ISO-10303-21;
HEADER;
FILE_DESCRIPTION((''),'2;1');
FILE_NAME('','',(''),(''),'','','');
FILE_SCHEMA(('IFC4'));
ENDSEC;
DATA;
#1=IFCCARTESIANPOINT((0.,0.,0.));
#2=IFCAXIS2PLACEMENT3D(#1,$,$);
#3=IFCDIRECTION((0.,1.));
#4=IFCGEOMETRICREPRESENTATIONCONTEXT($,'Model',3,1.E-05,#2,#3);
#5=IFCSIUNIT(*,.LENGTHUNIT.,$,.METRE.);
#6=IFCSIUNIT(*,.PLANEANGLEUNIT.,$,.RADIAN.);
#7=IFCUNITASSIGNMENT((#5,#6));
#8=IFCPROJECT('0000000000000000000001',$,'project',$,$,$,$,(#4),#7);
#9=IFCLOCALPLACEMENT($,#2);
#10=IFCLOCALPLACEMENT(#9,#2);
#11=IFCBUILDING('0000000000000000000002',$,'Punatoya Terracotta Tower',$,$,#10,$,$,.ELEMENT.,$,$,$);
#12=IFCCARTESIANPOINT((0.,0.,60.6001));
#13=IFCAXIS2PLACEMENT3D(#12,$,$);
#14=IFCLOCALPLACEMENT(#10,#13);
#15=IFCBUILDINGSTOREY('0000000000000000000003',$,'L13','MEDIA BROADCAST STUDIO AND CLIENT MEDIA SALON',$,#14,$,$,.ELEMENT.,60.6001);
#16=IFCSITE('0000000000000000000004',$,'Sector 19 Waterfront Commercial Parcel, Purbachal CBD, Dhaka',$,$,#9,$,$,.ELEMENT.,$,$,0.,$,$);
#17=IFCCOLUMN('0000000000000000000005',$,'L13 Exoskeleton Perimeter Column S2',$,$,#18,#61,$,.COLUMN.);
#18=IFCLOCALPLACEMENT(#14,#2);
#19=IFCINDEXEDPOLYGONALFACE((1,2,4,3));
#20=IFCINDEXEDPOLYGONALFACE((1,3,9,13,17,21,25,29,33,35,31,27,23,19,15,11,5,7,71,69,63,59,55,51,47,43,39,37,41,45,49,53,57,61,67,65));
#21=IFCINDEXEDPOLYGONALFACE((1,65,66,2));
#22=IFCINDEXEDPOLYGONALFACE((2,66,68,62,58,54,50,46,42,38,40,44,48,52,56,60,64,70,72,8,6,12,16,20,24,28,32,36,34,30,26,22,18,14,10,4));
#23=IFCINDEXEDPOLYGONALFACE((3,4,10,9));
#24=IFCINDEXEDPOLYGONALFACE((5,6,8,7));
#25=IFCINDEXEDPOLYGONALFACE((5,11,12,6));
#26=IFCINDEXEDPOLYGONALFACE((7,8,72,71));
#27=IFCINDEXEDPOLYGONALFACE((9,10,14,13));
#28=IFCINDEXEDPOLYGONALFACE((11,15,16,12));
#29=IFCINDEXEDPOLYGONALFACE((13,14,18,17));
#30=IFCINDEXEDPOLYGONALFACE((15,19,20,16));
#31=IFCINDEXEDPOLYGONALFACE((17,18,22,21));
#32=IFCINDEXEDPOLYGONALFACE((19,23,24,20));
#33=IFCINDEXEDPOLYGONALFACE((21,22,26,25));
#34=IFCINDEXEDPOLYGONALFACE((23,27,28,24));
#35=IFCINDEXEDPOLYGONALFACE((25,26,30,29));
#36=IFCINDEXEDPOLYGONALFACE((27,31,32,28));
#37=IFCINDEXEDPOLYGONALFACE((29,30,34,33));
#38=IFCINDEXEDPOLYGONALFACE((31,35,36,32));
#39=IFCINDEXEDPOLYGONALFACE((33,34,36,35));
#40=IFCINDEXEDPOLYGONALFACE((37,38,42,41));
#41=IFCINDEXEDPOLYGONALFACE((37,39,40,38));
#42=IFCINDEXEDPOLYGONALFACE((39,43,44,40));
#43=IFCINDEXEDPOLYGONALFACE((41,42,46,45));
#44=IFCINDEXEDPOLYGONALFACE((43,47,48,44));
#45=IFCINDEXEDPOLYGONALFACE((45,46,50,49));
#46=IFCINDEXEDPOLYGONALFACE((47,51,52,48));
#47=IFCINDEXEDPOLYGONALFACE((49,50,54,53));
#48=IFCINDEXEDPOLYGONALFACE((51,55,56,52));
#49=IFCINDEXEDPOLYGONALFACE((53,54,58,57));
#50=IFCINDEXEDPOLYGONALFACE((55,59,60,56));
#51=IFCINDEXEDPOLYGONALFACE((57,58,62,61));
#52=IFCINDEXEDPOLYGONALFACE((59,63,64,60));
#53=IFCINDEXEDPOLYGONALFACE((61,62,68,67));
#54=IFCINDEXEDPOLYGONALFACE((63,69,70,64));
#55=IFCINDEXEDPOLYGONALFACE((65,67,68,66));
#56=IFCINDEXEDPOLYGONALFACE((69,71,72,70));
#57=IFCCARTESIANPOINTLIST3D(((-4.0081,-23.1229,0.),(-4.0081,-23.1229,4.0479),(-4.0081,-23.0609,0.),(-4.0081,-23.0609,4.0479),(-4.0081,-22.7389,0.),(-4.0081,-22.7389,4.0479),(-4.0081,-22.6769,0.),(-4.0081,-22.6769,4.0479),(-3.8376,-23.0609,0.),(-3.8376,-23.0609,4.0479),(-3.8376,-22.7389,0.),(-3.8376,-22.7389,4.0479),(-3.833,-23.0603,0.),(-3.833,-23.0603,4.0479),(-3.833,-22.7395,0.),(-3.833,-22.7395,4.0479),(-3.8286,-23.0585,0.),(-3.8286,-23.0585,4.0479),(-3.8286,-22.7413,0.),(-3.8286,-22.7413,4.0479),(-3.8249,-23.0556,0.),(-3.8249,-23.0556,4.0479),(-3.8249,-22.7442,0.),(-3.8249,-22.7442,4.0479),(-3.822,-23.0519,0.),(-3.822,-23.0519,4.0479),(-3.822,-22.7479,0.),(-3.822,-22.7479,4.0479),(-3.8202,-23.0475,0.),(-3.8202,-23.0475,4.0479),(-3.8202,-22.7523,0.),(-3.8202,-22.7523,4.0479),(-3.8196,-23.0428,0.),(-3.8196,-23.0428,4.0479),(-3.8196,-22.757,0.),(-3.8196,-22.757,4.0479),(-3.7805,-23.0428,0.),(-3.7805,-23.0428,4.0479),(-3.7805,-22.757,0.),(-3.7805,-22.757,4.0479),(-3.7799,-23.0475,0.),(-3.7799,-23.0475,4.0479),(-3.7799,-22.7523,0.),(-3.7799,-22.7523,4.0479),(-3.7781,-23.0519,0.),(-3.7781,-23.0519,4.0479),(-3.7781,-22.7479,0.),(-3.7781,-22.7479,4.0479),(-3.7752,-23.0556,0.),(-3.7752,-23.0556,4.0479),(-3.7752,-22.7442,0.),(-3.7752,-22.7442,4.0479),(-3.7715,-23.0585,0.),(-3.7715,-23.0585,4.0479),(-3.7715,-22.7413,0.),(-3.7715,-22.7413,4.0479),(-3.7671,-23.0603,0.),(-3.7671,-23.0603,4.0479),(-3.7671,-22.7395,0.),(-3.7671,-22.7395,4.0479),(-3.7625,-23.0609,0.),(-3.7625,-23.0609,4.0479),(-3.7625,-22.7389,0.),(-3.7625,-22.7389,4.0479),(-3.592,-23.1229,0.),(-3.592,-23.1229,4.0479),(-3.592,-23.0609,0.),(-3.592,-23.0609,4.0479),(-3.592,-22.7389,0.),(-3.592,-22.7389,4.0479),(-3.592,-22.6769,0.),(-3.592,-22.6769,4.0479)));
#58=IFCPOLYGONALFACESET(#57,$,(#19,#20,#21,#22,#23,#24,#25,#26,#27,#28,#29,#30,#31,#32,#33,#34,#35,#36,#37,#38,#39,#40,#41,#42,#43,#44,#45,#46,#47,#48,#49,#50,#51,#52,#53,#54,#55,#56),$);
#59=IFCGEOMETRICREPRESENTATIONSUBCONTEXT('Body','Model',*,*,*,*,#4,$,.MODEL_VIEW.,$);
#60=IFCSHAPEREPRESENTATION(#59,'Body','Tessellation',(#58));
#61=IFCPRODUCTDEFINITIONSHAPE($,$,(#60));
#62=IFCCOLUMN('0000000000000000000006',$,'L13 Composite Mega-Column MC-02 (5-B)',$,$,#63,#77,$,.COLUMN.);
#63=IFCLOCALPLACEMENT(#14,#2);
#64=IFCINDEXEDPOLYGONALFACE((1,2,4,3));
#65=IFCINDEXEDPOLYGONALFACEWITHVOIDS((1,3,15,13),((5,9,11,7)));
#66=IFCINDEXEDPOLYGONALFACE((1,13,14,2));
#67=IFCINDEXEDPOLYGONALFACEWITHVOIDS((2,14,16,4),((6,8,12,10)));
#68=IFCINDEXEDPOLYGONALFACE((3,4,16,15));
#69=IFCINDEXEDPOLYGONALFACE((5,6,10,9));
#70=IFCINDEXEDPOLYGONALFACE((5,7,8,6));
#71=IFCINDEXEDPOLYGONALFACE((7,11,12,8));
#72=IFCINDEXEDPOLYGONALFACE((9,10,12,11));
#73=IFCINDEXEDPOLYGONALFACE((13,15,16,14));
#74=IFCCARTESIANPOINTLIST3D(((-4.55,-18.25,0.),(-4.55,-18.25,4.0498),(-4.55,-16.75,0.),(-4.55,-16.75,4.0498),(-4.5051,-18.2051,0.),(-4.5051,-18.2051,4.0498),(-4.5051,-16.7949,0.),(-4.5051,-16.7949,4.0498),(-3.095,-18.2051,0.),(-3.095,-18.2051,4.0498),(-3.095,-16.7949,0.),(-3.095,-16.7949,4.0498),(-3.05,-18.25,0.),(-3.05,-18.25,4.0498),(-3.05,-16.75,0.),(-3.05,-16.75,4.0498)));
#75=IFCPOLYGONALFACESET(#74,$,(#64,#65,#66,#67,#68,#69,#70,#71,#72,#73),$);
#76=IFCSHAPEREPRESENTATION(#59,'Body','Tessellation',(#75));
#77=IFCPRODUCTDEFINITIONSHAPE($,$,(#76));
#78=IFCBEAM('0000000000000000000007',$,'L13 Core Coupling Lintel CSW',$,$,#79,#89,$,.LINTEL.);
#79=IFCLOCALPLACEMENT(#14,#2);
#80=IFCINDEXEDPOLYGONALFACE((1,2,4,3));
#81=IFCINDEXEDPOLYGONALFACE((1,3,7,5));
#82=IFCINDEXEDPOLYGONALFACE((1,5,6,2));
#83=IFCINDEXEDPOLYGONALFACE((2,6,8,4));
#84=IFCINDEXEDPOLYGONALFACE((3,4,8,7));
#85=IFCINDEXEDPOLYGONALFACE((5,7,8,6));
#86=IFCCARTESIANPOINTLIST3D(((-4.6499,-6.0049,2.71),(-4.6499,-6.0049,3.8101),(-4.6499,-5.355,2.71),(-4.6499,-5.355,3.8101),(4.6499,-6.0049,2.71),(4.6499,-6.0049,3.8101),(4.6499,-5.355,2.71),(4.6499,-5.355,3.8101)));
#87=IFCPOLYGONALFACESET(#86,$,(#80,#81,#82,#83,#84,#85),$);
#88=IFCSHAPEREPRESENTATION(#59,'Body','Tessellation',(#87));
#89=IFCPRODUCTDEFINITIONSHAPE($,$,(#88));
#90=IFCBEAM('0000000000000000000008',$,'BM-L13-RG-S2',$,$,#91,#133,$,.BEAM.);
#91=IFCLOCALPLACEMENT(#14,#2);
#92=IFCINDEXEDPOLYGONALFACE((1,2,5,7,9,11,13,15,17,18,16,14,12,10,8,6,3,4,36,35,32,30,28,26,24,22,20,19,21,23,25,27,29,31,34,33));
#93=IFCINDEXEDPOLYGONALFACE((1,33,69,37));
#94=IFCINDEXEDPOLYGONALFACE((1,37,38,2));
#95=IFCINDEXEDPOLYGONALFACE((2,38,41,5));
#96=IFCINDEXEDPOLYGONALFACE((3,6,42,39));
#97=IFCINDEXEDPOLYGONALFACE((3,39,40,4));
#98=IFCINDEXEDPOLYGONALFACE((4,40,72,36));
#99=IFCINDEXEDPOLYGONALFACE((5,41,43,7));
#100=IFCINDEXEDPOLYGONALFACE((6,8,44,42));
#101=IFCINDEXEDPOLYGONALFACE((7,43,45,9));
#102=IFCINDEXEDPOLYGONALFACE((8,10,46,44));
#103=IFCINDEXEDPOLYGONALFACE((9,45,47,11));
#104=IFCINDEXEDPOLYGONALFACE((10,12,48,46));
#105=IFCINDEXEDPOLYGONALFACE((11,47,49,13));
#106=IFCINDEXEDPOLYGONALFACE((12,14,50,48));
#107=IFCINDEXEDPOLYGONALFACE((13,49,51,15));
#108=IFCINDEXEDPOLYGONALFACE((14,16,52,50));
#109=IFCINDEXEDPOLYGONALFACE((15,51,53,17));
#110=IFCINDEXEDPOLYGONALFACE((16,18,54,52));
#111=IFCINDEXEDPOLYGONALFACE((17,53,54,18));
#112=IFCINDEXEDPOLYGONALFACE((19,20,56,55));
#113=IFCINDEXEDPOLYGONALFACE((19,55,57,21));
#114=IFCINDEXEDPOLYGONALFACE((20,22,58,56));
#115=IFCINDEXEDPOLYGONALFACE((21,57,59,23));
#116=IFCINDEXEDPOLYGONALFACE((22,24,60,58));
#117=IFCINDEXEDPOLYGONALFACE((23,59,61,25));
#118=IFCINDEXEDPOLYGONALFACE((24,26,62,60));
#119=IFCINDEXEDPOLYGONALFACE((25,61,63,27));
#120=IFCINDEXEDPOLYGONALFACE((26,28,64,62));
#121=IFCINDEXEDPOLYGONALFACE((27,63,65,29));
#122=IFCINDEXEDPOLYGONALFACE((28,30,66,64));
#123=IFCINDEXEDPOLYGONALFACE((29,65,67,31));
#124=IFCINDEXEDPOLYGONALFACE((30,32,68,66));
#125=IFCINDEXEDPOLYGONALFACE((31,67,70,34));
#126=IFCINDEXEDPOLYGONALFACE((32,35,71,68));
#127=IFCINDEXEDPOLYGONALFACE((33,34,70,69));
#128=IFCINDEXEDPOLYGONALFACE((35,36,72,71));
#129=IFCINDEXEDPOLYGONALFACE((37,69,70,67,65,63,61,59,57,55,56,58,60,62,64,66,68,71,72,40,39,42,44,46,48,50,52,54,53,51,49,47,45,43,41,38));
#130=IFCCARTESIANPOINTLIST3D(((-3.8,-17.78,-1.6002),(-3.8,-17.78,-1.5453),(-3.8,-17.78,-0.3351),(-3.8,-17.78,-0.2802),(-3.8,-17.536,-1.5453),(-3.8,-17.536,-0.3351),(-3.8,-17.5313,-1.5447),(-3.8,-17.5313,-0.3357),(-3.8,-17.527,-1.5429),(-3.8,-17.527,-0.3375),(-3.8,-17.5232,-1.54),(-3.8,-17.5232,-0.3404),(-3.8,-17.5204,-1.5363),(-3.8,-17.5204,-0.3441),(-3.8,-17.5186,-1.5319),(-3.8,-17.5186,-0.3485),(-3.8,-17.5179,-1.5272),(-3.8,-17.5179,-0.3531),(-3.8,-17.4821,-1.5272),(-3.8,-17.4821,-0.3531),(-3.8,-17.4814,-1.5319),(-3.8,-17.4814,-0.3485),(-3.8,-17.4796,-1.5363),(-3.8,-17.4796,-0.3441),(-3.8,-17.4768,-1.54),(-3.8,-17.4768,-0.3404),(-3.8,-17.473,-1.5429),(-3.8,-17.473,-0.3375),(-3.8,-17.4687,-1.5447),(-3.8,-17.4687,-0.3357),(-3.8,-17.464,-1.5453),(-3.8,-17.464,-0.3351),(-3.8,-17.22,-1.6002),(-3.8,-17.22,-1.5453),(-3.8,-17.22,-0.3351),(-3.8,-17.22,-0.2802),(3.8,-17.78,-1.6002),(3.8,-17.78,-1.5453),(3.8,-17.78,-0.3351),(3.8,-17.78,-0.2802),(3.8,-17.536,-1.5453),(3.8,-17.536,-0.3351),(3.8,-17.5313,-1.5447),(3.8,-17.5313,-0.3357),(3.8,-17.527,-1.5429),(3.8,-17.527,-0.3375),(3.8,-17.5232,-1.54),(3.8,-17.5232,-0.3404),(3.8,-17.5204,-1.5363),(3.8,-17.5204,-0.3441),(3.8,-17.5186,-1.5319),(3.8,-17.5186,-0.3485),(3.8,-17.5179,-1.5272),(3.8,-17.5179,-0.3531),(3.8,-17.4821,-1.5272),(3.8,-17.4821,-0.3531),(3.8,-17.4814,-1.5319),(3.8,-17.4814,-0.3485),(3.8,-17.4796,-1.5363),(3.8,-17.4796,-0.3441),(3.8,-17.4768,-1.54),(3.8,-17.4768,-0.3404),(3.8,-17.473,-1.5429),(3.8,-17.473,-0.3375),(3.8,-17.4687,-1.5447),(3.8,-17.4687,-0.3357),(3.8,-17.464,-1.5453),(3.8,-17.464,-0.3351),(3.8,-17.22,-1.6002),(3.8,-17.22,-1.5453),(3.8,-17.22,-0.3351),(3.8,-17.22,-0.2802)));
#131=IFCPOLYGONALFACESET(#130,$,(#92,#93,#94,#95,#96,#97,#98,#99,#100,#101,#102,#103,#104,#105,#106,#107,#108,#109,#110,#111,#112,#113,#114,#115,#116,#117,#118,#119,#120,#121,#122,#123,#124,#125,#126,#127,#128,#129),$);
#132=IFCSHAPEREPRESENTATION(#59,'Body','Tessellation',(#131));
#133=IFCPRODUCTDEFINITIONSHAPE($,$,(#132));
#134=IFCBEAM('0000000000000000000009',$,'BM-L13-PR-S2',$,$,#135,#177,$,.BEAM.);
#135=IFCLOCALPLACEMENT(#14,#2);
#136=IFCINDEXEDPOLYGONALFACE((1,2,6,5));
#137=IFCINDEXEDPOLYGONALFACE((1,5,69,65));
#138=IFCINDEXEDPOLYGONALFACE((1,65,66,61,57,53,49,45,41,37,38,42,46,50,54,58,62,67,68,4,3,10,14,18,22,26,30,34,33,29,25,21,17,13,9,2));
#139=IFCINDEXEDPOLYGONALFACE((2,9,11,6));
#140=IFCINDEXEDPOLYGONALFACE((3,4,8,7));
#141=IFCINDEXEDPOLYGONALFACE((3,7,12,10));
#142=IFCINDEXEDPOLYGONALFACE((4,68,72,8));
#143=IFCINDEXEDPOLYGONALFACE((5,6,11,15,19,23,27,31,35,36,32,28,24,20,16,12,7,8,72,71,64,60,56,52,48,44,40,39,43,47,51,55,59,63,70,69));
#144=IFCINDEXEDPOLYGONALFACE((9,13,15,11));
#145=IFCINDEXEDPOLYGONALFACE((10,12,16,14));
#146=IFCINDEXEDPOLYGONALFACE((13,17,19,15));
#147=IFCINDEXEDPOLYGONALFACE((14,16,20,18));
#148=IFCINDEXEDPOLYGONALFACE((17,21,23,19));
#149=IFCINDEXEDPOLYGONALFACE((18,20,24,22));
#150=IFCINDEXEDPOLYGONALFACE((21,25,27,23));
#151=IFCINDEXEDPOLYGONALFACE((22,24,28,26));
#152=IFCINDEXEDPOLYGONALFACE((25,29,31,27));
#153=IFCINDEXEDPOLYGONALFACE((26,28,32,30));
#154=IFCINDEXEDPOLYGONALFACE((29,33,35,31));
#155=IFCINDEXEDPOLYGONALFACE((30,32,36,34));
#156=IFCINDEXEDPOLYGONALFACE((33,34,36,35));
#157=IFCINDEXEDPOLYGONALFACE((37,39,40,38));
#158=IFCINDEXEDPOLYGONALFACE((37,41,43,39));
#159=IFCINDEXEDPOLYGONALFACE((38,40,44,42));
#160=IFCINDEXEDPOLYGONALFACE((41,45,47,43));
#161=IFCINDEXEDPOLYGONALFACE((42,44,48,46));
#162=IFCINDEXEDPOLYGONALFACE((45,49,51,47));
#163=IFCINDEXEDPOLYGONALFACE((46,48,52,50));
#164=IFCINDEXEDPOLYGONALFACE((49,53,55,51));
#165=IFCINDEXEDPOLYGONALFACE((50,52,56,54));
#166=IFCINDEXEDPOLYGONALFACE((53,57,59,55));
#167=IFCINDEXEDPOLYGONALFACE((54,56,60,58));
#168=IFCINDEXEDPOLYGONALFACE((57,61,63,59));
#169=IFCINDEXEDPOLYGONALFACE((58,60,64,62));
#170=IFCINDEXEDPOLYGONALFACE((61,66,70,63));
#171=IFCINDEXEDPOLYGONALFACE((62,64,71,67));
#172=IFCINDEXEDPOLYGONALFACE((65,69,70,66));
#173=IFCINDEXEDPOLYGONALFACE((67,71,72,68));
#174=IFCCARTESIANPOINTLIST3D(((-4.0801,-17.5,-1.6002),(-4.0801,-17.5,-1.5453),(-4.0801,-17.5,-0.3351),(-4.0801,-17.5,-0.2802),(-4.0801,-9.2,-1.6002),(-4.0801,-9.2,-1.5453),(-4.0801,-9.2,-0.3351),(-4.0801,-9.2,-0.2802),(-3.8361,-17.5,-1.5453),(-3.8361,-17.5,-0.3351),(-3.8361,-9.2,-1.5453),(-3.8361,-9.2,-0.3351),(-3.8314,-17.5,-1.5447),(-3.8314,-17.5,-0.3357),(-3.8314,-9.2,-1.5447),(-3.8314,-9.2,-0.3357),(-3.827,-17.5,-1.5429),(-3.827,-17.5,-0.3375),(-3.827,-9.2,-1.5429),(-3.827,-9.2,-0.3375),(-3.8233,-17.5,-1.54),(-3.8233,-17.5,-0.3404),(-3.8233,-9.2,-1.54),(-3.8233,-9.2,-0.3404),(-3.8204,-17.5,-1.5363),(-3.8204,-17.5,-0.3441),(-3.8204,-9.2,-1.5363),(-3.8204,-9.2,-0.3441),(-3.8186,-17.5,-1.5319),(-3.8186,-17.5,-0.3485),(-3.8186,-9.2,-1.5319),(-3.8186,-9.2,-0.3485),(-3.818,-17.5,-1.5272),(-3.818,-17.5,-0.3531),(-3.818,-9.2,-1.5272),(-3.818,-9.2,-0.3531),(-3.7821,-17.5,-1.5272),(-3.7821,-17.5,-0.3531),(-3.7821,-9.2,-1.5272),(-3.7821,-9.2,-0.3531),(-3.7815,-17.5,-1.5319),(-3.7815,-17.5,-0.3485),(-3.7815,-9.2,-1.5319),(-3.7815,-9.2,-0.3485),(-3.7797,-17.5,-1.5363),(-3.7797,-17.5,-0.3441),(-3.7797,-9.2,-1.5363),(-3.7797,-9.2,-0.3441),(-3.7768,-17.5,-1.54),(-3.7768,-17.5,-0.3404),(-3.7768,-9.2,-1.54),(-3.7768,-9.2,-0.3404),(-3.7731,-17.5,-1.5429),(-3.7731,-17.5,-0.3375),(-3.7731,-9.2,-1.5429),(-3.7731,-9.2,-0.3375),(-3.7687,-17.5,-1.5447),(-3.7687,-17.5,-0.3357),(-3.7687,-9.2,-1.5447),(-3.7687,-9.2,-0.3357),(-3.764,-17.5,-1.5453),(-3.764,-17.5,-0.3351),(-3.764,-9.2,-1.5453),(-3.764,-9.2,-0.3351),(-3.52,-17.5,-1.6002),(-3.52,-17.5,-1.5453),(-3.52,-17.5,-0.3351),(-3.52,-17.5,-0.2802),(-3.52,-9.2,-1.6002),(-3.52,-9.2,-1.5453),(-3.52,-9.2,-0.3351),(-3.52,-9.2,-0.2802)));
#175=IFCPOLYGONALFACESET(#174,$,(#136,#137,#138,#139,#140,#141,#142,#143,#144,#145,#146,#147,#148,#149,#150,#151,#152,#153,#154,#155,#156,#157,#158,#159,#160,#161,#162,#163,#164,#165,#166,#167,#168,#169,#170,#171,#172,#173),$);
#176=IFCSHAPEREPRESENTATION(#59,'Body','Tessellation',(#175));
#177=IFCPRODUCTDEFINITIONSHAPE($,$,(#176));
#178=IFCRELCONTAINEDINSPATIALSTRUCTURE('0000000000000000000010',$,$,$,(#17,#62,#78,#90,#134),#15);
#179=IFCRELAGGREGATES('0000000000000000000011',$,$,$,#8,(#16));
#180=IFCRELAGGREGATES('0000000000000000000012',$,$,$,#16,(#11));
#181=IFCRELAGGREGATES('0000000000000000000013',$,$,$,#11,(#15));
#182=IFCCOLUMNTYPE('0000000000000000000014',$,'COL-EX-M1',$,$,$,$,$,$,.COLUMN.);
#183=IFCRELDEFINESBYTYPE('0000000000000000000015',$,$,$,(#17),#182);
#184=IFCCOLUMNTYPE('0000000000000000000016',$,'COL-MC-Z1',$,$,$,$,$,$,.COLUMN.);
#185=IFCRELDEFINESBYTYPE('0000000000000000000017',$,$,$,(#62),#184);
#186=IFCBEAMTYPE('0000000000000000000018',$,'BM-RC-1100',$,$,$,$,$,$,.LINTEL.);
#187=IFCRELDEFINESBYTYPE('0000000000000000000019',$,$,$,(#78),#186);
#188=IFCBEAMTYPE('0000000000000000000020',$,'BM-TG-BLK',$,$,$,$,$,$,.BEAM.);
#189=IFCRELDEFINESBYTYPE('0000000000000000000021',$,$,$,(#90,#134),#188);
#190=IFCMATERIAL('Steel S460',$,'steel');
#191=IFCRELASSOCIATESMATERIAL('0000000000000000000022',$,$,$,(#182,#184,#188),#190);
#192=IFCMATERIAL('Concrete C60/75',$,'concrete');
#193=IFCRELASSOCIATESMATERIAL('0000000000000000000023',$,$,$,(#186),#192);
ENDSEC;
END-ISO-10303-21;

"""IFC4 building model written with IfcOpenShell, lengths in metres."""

from ifc_helpers import new_model, si_unit, direction, frame, origin, origin_2d, place, context, subcontext, project, spatial, rectangle, hollow_rectangle, i_section, extrude, material, material_profile, profile_set, type_object, element, save


model = new_model("IFC4")

# Units and contexts
model_context = context("Model", 3, precision=1e-05, world=origin(), true_north=direction((0.0, 1.0)))
body_context = subcontext(model_context, "Body", "Model", "MODEL_VIEW")
ifc_project = project(units=[si_unit("LENGTHUNIT", "METRE"), si_unit("PLANEANGLEUNIT", "RADIAN")], contexts=[model_context])

# Site, building, storey
site_placement = place(None, origin())
site = spatial("IfcSite", under=ifc_project, at=site_placement, Name="Sector 19 Waterfront Commercial Parcel, Purbachal CBD, Dhaka", CompositionType="ELEMENT", RefElevation=0.0)
building_placement = place(site_placement, origin())
building = spatial("IfcBuilding", under=site, at=building_placement, Name="Punatoya Terracotta Tower", CompositionType="ELEMENT")
storey_placement = place(building_placement, frame((0.0, 0.0, 60.6001)))
storey = spatial("IfcBuildingStorey", under=building, at=storey_placement, Name="L13", Description="MEDIA BROADCAST STUDIO AND CLIENT MEDIA SALON", CompositionType="ELEMENT", Elevation=60.6001)

# Columns
ifc_material_1 = material(Name="Steel S460", Category="steel")
ifc_material_profile_1 = material_profile(ifc_material_1, i_section(OverallWidth=0.416, OverallDepth=0.446, WebThickness=0.0391, FlangeThickness=0.062, FilletRadius=0.0181, at=origin_2d()))
ifc_profile_set_1 = profile_set([ifc_material_profile_1], Name="Steel S460")
column_type_1 = type_object("IfcColumnType", Name="COL-EX-M1", PredefinedType="COLUMN", material=ifc_profile_set_1)
column_1_placement = place(storey_placement, frame((-3.8, -22.8999, 0.0), z_axis=(0.0, 0.0, 1.0), x_axis=(1.0, 0.0, 0.0)))
element("IfcColumn", 1, at=column_1_placement, inside=storey, type_object=column_type_1, Name="L13 Exoskeleton Perimeter Column S2", PredefinedType="COLUMN", context=body_context, shape_type="SweptSolid", body=[
    extrude(i_section(OverallWidth=0.416, OverallDepth=0.446, WebThickness=0.0391, FlangeThickness=0.062, FilletRadius=0.0181, at=origin_2d()), origin(), (0.0, 0.0, 1.0), 4.0479),
])
ifc_material_profile_2 = material_profile(ifc_material_1, hollow_rectangle(XDim=1.5, YDim=1.5, WallThickness=0.0449, at=origin_2d()))
ifc_profile_set_2 = profile_set([ifc_material_profile_2], Name="Steel S460")
column_type_2 = type_object("IfcColumnType", Name="COL-MC-Z1", PredefinedType="COLUMN", material=ifc_profile_set_2)
column_2_placement = place(storey_placement, frame((-3.8, -17.5, 0.0), z_axis=(0.0, 0.0, 1.0), x_axis=(1.0, 0.0, 0.0)))
element("IfcColumn", 2, at=column_2_placement, inside=storey, type_object=column_type_2, Name="L13 Composite Mega-Column MC-02 (5-B)", PredefinedType="COLUMN", context=body_context, shape_type="SweptSolid", body=[
    extrude(hollow_rectangle(XDim=1.5, YDim=1.5, WallThickness=0.0449, at=origin_2d()), origin(), (0.0, 0.0, 1.0), 4.0498),
])

# Beams
ifc_material_2 = material(Name="Concrete C60/75", Category="concrete")
ifc_material_profile_3 = material_profile(ifc_material_2, rectangle(XDim=0.6499, YDim=1.1001, at=origin_2d()))
ifc_profile_set_3 = profile_set([ifc_material_profile_3], Name="Concrete C60/75")
beam_type_1 = type_object("IfcBeamType", Name="BM-RC-1100", PredefinedType="LINTEL", material=ifc_profile_set_3)
beam_1_placement = place(storey_placement, frame((-4.6499, -5.6799, 3.26), z_axis=(1.0, 0.0, 0.0), x_axis=(0.0, 1.0, 0.0)))
element("IfcBeam", 3, at=beam_1_placement, inside=storey, type_object=beam_type_1, Name="L13 Core Coupling Lintel CSW", PredefinedType="LINTEL", context=body_context, shape_type="SweptSolid", body=[
    extrude(rectangle(XDim=0.6499, YDim=1.1001, at=origin_2d()), origin(), (0.0, 0.0, 1.0), 9.2998),
])
ifc_material_profile_4 = material_profile(ifc_material_1, i_section(OverallWidth=0.5601, OverallDepth=1.3201, WebThickness=0.0359, FlangeThickness=0.0549, FilletRadius=0.0181, at=origin_2d()))
ifc_profile_set_4 = profile_set([ifc_material_profile_4], Name="Steel S460")
beam_type_2 = type_object("IfcBeamType", Name="BM-TG-BLK", PredefinedType="BEAM", material=ifc_profile_set_4)
beam_2_placement = place(storey_placement, frame((-3.8, -17.5, -0.9402), z_axis=(1.0, 0.0, 0.0), x_axis=(0.0, 1.0, 0.0)))
element("IfcBeam", 4, at=beam_2_placement, inside=storey, type_object=beam_type_2, Name="BM-L13-RG-S2", PredefinedType="BEAM", context=body_context, shape_type="SweptSolid", body=[
    extrude(i_section(OverallWidth=0.5601, OverallDepth=1.3201, WebThickness=0.0359, FlangeThickness=0.0549, FilletRadius=0.0181, at=origin_2d()), origin(), (0.0, 0.0, 1.0), 7.6001),
])
beam_3_placement = place(storey_placement, frame((-3.8, -17.5, -0.9402), z_axis=(0.0, 1.0, 0.0), x_axis=(-1.0, 0.0, 0.0)))
element("IfcBeam", 5, at=beam_3_placement, inside=storey, type_object=beam_type_2, Name="BM-L13-PR-S2", PredefinedType="BEAM", context=body_context, shape_type="SweptSolid", body=[
    extrude(i_section(OverallWidth=0.5601, OverallDepth=1.3201, WebThickness=0.0359, FlangeThickness=0.0549, FilletRadius=0.0181, at=origin_2d()), origin(), (0.0, 0.0, 1.0), 8.3),
])

save(model, "model.ifc")
